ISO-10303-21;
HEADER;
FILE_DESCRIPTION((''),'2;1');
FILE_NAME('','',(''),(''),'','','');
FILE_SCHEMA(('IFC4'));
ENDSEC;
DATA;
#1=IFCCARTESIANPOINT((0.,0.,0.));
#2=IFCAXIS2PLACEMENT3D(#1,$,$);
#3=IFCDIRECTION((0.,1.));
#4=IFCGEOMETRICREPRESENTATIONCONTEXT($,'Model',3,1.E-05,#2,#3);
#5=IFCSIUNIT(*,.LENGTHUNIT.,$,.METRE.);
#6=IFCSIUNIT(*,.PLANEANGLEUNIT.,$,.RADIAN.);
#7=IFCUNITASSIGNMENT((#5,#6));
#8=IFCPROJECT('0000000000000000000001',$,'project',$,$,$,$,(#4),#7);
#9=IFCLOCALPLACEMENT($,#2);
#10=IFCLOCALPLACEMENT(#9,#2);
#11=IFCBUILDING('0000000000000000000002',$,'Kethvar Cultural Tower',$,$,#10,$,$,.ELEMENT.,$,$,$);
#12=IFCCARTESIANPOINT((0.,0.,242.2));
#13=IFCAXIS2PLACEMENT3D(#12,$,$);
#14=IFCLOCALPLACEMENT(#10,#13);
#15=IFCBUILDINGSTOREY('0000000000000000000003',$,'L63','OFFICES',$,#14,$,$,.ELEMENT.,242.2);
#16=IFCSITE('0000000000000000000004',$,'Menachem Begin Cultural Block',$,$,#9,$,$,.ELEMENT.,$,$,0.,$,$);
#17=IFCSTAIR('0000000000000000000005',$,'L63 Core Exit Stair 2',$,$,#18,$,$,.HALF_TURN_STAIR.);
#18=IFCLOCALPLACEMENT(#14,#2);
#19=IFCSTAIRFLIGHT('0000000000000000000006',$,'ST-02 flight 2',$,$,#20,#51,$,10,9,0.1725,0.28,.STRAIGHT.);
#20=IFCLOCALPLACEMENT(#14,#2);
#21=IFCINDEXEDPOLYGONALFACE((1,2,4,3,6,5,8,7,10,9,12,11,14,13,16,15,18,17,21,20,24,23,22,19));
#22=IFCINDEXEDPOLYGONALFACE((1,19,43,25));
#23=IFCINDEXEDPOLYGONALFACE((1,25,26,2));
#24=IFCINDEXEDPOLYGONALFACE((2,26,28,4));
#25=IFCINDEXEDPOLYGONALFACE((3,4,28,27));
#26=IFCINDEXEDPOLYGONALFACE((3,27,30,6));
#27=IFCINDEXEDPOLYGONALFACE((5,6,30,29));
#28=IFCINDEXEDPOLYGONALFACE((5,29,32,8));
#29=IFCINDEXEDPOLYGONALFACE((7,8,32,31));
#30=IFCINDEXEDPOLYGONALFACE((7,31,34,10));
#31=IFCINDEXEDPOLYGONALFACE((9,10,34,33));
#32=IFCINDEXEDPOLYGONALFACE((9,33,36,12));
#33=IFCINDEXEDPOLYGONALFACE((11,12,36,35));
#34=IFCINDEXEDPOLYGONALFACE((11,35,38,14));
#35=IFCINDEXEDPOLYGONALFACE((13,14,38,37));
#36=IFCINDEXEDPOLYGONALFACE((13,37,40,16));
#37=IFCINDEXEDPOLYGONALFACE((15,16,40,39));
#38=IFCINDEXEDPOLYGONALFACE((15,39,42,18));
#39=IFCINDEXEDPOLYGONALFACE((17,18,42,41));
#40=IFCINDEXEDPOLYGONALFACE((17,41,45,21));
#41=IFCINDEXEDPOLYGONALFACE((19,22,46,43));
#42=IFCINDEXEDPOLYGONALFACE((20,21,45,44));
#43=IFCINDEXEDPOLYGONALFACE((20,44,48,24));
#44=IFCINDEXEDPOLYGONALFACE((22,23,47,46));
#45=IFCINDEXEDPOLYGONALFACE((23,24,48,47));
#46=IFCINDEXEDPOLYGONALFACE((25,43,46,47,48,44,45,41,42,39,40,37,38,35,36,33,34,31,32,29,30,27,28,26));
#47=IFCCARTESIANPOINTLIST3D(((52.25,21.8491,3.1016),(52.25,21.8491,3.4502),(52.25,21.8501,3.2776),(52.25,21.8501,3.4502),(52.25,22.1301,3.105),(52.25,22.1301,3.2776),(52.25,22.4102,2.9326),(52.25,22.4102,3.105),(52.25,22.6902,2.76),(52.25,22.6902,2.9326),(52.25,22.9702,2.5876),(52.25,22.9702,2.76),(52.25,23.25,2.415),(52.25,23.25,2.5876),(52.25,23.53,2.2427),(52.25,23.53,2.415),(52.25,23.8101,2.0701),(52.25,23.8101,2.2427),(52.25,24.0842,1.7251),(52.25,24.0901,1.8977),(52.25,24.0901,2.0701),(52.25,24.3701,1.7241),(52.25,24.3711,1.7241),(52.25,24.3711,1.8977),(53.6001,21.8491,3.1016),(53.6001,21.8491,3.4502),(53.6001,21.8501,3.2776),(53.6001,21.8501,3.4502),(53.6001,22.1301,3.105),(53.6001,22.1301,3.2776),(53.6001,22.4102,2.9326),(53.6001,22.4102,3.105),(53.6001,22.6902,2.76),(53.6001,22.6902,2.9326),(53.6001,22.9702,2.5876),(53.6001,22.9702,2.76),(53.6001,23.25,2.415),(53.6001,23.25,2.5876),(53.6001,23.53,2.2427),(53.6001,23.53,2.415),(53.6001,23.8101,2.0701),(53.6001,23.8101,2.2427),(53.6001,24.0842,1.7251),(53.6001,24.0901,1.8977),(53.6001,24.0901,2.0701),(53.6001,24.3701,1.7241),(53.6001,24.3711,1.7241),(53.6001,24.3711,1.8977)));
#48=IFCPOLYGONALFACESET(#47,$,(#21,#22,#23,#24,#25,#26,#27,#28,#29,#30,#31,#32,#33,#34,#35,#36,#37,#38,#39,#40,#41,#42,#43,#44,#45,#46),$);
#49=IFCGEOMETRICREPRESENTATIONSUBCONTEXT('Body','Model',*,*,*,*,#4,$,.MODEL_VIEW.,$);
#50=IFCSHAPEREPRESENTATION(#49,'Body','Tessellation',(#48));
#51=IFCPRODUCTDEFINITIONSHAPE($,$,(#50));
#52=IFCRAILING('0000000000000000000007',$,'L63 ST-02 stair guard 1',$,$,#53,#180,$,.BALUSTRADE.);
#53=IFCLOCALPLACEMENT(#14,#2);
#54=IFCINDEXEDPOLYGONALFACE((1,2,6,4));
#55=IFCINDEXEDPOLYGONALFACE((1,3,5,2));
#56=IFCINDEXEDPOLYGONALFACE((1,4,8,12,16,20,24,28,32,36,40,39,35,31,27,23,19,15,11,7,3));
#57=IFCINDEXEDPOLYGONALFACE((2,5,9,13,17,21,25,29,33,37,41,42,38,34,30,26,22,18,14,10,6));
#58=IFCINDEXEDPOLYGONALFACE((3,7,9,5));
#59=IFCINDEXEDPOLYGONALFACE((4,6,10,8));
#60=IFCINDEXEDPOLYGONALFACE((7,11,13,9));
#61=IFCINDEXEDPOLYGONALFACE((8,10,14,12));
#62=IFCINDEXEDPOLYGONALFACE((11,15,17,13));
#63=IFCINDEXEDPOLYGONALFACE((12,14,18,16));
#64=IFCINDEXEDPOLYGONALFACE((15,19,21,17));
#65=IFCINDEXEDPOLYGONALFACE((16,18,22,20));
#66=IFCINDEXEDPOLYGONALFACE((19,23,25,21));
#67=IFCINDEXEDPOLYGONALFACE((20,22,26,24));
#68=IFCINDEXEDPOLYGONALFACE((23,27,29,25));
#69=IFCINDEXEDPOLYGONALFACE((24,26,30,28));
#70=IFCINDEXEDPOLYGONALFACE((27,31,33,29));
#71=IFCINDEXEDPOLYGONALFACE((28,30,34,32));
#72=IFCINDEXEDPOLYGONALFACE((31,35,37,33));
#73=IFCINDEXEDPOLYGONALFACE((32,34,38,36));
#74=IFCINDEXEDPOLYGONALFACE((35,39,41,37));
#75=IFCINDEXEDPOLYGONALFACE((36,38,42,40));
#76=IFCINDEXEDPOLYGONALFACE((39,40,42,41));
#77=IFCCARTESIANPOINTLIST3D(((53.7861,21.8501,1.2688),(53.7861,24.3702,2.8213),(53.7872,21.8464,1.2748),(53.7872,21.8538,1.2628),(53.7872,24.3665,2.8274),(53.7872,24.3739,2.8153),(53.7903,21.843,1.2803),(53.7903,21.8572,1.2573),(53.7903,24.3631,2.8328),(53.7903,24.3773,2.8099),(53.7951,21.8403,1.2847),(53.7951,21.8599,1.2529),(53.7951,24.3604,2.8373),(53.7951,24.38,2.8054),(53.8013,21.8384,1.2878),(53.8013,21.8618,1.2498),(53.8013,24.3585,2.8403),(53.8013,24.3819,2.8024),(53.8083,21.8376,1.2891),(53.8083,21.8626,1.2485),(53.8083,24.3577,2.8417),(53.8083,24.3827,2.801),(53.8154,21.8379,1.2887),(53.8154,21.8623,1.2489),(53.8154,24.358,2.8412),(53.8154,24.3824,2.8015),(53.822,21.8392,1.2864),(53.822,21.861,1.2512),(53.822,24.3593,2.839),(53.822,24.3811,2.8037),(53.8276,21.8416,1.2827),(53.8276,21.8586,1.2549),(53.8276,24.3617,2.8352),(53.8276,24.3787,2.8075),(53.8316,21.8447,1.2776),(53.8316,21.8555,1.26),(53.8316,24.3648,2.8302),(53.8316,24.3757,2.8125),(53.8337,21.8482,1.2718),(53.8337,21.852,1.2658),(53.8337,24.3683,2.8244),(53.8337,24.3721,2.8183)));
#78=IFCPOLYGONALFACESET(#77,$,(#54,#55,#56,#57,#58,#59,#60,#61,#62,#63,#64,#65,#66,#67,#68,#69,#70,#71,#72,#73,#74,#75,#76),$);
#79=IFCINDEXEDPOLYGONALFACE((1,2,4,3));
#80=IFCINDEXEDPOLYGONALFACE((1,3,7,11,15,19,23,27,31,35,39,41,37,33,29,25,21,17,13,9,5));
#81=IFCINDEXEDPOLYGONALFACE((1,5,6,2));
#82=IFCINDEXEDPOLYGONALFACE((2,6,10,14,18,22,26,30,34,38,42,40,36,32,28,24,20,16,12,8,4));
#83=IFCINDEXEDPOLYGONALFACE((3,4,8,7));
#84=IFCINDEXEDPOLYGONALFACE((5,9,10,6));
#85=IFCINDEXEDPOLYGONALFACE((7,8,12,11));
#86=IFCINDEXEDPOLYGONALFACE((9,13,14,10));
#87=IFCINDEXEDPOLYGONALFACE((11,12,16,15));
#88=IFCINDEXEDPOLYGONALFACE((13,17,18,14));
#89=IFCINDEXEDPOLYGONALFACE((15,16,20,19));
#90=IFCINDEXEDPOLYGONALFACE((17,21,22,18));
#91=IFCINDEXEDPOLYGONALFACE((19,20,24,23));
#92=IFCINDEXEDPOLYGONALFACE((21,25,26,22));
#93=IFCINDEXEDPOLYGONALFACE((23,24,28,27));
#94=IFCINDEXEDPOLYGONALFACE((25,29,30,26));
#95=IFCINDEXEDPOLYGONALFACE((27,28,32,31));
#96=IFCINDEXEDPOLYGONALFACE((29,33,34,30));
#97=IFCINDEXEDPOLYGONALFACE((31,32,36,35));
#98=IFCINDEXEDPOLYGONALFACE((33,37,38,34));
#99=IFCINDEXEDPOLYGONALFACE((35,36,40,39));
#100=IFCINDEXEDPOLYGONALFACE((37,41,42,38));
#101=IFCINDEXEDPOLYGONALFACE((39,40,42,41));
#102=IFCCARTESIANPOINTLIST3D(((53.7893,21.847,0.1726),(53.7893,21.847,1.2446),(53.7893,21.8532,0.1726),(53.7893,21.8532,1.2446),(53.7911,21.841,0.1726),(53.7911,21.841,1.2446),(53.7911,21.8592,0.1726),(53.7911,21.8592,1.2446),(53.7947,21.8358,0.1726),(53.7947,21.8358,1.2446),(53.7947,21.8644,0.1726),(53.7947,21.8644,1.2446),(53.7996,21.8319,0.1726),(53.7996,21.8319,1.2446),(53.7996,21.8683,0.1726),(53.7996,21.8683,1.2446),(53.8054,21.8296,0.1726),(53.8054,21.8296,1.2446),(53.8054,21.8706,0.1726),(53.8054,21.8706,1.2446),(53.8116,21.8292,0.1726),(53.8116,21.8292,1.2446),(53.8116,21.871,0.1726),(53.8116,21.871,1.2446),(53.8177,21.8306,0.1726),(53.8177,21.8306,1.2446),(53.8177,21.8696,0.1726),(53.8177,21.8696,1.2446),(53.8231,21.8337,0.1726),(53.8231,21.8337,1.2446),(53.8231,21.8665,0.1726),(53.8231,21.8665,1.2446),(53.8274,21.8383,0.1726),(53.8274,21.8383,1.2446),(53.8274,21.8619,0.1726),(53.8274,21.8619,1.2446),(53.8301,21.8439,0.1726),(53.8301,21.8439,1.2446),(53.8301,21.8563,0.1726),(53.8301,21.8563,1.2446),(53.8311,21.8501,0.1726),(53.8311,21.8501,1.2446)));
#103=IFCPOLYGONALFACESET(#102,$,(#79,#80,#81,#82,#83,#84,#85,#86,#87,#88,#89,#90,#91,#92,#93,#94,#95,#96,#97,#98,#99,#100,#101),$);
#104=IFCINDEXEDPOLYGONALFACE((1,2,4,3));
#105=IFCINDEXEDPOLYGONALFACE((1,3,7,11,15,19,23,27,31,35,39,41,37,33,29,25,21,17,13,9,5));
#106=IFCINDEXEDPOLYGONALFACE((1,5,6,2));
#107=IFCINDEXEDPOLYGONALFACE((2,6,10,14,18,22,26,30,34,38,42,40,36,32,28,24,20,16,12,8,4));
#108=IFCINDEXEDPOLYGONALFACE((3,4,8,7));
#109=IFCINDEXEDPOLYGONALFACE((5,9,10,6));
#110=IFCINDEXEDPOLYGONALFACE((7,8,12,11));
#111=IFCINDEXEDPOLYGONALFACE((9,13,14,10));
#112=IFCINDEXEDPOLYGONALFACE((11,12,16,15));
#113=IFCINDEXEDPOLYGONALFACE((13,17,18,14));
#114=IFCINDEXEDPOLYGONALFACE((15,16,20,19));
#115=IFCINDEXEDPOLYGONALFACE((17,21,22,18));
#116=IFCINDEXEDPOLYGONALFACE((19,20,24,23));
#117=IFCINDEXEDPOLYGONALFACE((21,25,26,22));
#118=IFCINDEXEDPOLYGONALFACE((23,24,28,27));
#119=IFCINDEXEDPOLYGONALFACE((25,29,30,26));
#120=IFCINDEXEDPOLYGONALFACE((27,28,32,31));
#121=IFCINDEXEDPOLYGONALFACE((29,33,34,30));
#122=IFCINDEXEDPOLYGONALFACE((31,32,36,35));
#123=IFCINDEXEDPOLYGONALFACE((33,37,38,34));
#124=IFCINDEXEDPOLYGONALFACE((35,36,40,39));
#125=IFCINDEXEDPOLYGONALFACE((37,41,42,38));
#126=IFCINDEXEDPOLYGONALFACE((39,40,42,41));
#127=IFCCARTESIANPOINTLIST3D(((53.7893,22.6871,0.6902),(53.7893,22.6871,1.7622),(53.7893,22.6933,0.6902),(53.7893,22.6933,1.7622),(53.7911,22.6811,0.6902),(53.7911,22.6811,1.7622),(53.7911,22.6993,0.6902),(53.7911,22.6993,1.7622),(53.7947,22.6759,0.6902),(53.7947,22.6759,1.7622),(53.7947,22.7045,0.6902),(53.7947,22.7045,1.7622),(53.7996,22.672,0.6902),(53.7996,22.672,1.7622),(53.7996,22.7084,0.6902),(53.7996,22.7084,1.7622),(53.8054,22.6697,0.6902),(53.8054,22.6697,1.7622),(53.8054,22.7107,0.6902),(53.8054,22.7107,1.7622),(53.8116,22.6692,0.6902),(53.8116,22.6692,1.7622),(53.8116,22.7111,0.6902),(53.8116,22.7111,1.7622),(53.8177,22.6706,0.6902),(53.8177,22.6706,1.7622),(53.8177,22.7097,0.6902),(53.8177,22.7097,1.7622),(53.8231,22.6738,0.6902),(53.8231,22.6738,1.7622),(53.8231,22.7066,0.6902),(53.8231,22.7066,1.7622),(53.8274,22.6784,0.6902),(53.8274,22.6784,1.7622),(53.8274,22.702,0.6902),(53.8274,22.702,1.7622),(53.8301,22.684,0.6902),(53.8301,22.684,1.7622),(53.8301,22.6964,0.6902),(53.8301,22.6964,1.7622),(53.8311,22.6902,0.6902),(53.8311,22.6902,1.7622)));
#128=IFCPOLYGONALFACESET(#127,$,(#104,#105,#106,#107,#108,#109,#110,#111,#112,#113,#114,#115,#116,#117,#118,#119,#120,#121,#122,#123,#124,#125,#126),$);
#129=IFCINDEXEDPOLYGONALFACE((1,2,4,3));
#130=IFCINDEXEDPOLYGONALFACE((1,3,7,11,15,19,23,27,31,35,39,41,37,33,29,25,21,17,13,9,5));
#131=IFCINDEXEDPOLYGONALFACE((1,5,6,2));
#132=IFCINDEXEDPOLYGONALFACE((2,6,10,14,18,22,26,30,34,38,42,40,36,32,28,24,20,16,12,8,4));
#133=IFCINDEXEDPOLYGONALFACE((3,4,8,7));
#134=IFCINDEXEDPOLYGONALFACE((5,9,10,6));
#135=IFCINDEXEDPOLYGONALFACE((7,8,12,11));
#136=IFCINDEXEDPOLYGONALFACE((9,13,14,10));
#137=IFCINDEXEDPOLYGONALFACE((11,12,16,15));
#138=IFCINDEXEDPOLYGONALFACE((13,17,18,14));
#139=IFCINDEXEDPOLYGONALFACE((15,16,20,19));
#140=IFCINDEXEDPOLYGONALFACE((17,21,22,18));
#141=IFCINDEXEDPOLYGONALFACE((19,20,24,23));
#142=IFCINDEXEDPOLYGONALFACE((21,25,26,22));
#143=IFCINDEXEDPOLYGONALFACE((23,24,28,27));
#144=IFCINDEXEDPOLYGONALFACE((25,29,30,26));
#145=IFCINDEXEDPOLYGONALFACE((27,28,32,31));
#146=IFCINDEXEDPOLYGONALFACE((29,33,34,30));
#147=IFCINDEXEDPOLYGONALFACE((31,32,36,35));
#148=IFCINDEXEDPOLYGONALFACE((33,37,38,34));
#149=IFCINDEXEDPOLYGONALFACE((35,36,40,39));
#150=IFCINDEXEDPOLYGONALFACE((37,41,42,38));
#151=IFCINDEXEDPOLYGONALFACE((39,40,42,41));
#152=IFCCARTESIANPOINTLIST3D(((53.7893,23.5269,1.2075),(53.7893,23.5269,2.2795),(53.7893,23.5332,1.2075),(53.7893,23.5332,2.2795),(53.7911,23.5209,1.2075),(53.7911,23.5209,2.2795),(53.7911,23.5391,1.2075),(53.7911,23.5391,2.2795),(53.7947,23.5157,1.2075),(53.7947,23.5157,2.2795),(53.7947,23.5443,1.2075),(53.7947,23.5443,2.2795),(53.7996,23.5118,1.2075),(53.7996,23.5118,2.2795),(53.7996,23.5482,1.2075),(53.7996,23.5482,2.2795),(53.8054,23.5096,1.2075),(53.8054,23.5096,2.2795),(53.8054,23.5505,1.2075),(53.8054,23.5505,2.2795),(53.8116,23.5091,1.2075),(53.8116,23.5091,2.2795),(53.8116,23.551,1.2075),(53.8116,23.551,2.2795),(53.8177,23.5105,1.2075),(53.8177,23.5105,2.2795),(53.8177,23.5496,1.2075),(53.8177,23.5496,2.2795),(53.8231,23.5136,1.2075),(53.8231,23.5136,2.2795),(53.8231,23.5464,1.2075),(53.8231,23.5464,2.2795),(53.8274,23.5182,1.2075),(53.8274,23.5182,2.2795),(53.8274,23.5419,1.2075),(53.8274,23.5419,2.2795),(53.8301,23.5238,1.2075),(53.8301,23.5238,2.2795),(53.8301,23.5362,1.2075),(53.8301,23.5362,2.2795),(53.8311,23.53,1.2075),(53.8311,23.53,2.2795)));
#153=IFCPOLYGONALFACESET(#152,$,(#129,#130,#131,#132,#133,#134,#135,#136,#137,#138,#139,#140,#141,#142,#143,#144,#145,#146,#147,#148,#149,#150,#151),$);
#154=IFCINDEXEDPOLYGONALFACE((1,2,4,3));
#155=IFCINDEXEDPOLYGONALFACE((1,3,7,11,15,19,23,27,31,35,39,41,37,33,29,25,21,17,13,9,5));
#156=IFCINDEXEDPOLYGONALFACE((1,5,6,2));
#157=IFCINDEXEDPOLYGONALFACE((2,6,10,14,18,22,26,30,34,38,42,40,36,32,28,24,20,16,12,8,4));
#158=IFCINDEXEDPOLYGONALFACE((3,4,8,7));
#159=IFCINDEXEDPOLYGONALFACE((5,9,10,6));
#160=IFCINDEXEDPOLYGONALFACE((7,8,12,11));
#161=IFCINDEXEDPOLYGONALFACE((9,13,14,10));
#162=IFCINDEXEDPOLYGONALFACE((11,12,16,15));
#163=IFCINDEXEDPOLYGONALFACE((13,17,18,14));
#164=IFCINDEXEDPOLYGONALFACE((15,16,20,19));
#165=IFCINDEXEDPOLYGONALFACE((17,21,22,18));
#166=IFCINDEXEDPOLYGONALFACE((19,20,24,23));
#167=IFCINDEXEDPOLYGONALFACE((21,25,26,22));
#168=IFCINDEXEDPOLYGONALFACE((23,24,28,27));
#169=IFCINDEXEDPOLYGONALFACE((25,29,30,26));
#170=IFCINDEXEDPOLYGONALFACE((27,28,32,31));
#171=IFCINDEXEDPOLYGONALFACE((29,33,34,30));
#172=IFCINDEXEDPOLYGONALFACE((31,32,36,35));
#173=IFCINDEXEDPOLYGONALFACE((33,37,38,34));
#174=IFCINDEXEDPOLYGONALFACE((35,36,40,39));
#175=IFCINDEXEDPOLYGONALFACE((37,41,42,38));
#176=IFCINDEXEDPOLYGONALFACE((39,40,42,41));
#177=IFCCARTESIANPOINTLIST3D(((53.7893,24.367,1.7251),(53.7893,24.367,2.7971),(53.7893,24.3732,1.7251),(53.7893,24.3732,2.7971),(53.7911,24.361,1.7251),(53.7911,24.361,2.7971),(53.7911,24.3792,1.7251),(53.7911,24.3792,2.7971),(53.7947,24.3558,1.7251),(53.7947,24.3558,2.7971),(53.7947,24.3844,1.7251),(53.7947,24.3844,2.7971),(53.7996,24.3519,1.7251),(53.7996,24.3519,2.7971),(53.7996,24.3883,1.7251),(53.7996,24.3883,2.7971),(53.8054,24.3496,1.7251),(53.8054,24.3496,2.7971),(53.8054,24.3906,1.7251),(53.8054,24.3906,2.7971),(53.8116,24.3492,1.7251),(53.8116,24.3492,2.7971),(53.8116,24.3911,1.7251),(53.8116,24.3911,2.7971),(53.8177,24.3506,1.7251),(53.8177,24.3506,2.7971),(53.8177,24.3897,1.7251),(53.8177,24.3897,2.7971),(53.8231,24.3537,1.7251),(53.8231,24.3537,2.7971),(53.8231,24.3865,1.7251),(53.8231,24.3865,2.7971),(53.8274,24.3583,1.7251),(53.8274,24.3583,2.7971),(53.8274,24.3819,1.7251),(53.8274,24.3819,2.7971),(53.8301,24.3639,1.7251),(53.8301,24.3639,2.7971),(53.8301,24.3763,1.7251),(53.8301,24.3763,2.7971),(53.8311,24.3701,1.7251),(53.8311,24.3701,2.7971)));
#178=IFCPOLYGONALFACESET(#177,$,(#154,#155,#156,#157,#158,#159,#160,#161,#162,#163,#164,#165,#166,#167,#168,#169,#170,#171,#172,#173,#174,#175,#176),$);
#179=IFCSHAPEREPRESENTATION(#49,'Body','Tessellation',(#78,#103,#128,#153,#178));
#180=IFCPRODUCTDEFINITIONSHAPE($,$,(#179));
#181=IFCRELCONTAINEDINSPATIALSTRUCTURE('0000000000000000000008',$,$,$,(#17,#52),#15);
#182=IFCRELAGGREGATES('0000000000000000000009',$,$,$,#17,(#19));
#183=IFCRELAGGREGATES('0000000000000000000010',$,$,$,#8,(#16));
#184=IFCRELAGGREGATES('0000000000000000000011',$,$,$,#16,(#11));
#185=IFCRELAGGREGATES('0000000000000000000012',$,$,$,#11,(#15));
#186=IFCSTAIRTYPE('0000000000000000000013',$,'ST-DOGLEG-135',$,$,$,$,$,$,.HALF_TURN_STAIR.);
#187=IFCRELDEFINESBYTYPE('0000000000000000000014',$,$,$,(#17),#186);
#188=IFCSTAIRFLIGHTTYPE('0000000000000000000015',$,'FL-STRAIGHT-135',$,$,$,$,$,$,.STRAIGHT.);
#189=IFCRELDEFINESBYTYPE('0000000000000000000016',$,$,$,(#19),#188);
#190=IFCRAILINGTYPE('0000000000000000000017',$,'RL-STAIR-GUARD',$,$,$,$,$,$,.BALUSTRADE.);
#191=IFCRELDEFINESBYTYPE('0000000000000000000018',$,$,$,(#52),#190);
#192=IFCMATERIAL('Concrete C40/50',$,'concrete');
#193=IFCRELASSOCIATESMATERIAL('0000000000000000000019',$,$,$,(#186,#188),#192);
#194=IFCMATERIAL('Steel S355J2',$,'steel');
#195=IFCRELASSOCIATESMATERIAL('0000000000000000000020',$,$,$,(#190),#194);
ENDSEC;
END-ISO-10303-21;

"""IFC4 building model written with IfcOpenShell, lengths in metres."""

from ifc_helpers import new_model, si_unit, direction, frame, origin, origin_2d, place, context, subcontext, project, spatial, polyline, circle, outline, extrude, material, type_object, element, aggregate, save


model = new_model("IFC4")

# Units and contexts
model_context = context("Model", 3, precision=1e-05, world=origin(), true_north=direction((0.0, 1.0)))
body_context = subcontext(model_context, "Body", "Model", "MODEL_VIEW")
ifc_project = project(units=[si_unit("LENGTHUNIT", "METRE"), si_unit("PLANEANGLEUNIT", "RADIAN")], contexts=[model_context])

# Site, building, storey
site_placement = place(None, origin())
site = spatial("IfcSite", under=ifc_project, at=site_placement, Name="Menachem Begin Cultural Block", CompositionType="ELEMENT", RefElevation=0.0)
building_placement = place(site_placement, origin())
building = spatial("IfcBuilding", under=site, at=building_placement, Name="Kethvar Cultural Tower", CompositionType="ELEMENT")
storey_placement = place(building_placement, frame((0.0, 0.0, 242.2)))
storey = spatial("IfcBuildingStorey", under=building, at=storey_placement, Name="L63", Description="OFFICES", CompositionType="ELEMENT", Elevation=242.2)

# Shared definitions
ifc_material_1 = material(Name="Steel S355J2", Category="steel")

# Stair, stair flight
ifc_material_2 = material(Name="Concrete C40/50", Category="concrete")
stair_type = type_object("IfcStairType", Name="ST-DOGLEG-135", PredefinedType="HALF_TURN_STAIR", material=ifc_material_2)
stair_placement = place(storey_placement, origin())
stair = element("IfcStair", 1, at=stair_placement, inside=storey, type_object=stair_type, Name="L63 Core Exit Stair 2", PredefinedType="HALF_TURN_STAIR")
stair_flight_type = type_object("IfcStairFlightType", Name="FL-STRAIGHT-135", PredefinedType="STRAIGHT", material=ifc_material_2)
stair_flight_1_placement = place(storey_placement, frame((52.925, 24.3701, 1.7251), z_axis=(0.0, 0.0, 1.0), x_axis=(0.0, -1.0, 0.0)))
stair_flight_1 = element("IfcStairFlight", 2, at=stair_flight_1_placement, type_object=stair_flight_type, Name="ST-02 flight 2", NumberOfRisers=10, NumberOfTreads=9, PredefinedType="STRAIGHT", RiserHeight=0.1725, TreadLength=0.28, context=body_context, shape_type="SweptSolid", body=[
    extrude(outline(polyline([(-0.001, -0.001), (-0.001, 0.1726), (0.28, 0.1726), (0.28, 0.345), (0.5601, 0.345), (0.5601, 0.5176), (0.8401, 0.5176), (0.8401, 0.6899), (1.1201, 0.6899), (1.1201, 0.8625), (1.3999, 0.8625), (1.3999, 1.0349), (1.6799, 1.0349), (1.6799, 1.2075), (1.96, 1.2075), (1.96, 1.3799), (2.24, 1.3799), (2.24, 1.5525), (2.52, 1.5525), (2.52, 1.7251), (2.521, 1.7251), (2.521, 1.3765), (0.2859, 0.0), (0.0, -0.001), (-0.001, -0.001)])), frame((0.0, 0.675, 0.0), z_axis=(0.0, -1.0, 0.0), x_axis=(1.0, 0.0, 0.0)), (0.0, 0.0, 1.0), 1.3501),
])
aggregate(stair, [stair_flight_1])

# Railing
railing_type_1 = type_object("IfcRailingType", Name="RL-STAIR-GUARD", PredefinedType="BALUSTRADE", material=ifc_material_1)
railing_1_placement = place(storey_placement, frame((53.8101, 21.8501, 0.1726)))
element("IfcRailing", 3, at=railing_1_placement, inside=storey, type_object=railing_type_1, Name="L63 ST-02 stair guard 1", PredefinedType="BALUSTRADE", context=body_context, shape_type="SweptSolid", body=[
    extrude(circle(Radius=0.0239, at=origin_2d()), frame((0.0, 0.0, 1.0962), z_axis=(0.0, 0.8514, 0.524516), x_axis=(-1.0, 0.0, 0.0)), (0.0, 0.0, 1.0), 2.96),
    extrude(circle(Radius=0.021, at=origin_2d()), origin(), (0.0, 0.0, 1.0), 1.072),
    extrude(circle(Radius=0.021, at=origin_2d()), frame((0.0, 0.8401, 0.5176)), (0.0, 0.0, 1.0), 1.072),
    extrude(circle(Radius=0.021, at=origin_2d()), frame((0.0, 1.6799, 1.0349)), (0.0, 0.0, 1.0), 1.072),
    extrude(circle(Radius=0.021, at=origin_2d()), frame((0.0, 2.52, 1.5525)), (0.0, 0.0, 1.0), 1.072),
])

save(model, "model.ifc")
